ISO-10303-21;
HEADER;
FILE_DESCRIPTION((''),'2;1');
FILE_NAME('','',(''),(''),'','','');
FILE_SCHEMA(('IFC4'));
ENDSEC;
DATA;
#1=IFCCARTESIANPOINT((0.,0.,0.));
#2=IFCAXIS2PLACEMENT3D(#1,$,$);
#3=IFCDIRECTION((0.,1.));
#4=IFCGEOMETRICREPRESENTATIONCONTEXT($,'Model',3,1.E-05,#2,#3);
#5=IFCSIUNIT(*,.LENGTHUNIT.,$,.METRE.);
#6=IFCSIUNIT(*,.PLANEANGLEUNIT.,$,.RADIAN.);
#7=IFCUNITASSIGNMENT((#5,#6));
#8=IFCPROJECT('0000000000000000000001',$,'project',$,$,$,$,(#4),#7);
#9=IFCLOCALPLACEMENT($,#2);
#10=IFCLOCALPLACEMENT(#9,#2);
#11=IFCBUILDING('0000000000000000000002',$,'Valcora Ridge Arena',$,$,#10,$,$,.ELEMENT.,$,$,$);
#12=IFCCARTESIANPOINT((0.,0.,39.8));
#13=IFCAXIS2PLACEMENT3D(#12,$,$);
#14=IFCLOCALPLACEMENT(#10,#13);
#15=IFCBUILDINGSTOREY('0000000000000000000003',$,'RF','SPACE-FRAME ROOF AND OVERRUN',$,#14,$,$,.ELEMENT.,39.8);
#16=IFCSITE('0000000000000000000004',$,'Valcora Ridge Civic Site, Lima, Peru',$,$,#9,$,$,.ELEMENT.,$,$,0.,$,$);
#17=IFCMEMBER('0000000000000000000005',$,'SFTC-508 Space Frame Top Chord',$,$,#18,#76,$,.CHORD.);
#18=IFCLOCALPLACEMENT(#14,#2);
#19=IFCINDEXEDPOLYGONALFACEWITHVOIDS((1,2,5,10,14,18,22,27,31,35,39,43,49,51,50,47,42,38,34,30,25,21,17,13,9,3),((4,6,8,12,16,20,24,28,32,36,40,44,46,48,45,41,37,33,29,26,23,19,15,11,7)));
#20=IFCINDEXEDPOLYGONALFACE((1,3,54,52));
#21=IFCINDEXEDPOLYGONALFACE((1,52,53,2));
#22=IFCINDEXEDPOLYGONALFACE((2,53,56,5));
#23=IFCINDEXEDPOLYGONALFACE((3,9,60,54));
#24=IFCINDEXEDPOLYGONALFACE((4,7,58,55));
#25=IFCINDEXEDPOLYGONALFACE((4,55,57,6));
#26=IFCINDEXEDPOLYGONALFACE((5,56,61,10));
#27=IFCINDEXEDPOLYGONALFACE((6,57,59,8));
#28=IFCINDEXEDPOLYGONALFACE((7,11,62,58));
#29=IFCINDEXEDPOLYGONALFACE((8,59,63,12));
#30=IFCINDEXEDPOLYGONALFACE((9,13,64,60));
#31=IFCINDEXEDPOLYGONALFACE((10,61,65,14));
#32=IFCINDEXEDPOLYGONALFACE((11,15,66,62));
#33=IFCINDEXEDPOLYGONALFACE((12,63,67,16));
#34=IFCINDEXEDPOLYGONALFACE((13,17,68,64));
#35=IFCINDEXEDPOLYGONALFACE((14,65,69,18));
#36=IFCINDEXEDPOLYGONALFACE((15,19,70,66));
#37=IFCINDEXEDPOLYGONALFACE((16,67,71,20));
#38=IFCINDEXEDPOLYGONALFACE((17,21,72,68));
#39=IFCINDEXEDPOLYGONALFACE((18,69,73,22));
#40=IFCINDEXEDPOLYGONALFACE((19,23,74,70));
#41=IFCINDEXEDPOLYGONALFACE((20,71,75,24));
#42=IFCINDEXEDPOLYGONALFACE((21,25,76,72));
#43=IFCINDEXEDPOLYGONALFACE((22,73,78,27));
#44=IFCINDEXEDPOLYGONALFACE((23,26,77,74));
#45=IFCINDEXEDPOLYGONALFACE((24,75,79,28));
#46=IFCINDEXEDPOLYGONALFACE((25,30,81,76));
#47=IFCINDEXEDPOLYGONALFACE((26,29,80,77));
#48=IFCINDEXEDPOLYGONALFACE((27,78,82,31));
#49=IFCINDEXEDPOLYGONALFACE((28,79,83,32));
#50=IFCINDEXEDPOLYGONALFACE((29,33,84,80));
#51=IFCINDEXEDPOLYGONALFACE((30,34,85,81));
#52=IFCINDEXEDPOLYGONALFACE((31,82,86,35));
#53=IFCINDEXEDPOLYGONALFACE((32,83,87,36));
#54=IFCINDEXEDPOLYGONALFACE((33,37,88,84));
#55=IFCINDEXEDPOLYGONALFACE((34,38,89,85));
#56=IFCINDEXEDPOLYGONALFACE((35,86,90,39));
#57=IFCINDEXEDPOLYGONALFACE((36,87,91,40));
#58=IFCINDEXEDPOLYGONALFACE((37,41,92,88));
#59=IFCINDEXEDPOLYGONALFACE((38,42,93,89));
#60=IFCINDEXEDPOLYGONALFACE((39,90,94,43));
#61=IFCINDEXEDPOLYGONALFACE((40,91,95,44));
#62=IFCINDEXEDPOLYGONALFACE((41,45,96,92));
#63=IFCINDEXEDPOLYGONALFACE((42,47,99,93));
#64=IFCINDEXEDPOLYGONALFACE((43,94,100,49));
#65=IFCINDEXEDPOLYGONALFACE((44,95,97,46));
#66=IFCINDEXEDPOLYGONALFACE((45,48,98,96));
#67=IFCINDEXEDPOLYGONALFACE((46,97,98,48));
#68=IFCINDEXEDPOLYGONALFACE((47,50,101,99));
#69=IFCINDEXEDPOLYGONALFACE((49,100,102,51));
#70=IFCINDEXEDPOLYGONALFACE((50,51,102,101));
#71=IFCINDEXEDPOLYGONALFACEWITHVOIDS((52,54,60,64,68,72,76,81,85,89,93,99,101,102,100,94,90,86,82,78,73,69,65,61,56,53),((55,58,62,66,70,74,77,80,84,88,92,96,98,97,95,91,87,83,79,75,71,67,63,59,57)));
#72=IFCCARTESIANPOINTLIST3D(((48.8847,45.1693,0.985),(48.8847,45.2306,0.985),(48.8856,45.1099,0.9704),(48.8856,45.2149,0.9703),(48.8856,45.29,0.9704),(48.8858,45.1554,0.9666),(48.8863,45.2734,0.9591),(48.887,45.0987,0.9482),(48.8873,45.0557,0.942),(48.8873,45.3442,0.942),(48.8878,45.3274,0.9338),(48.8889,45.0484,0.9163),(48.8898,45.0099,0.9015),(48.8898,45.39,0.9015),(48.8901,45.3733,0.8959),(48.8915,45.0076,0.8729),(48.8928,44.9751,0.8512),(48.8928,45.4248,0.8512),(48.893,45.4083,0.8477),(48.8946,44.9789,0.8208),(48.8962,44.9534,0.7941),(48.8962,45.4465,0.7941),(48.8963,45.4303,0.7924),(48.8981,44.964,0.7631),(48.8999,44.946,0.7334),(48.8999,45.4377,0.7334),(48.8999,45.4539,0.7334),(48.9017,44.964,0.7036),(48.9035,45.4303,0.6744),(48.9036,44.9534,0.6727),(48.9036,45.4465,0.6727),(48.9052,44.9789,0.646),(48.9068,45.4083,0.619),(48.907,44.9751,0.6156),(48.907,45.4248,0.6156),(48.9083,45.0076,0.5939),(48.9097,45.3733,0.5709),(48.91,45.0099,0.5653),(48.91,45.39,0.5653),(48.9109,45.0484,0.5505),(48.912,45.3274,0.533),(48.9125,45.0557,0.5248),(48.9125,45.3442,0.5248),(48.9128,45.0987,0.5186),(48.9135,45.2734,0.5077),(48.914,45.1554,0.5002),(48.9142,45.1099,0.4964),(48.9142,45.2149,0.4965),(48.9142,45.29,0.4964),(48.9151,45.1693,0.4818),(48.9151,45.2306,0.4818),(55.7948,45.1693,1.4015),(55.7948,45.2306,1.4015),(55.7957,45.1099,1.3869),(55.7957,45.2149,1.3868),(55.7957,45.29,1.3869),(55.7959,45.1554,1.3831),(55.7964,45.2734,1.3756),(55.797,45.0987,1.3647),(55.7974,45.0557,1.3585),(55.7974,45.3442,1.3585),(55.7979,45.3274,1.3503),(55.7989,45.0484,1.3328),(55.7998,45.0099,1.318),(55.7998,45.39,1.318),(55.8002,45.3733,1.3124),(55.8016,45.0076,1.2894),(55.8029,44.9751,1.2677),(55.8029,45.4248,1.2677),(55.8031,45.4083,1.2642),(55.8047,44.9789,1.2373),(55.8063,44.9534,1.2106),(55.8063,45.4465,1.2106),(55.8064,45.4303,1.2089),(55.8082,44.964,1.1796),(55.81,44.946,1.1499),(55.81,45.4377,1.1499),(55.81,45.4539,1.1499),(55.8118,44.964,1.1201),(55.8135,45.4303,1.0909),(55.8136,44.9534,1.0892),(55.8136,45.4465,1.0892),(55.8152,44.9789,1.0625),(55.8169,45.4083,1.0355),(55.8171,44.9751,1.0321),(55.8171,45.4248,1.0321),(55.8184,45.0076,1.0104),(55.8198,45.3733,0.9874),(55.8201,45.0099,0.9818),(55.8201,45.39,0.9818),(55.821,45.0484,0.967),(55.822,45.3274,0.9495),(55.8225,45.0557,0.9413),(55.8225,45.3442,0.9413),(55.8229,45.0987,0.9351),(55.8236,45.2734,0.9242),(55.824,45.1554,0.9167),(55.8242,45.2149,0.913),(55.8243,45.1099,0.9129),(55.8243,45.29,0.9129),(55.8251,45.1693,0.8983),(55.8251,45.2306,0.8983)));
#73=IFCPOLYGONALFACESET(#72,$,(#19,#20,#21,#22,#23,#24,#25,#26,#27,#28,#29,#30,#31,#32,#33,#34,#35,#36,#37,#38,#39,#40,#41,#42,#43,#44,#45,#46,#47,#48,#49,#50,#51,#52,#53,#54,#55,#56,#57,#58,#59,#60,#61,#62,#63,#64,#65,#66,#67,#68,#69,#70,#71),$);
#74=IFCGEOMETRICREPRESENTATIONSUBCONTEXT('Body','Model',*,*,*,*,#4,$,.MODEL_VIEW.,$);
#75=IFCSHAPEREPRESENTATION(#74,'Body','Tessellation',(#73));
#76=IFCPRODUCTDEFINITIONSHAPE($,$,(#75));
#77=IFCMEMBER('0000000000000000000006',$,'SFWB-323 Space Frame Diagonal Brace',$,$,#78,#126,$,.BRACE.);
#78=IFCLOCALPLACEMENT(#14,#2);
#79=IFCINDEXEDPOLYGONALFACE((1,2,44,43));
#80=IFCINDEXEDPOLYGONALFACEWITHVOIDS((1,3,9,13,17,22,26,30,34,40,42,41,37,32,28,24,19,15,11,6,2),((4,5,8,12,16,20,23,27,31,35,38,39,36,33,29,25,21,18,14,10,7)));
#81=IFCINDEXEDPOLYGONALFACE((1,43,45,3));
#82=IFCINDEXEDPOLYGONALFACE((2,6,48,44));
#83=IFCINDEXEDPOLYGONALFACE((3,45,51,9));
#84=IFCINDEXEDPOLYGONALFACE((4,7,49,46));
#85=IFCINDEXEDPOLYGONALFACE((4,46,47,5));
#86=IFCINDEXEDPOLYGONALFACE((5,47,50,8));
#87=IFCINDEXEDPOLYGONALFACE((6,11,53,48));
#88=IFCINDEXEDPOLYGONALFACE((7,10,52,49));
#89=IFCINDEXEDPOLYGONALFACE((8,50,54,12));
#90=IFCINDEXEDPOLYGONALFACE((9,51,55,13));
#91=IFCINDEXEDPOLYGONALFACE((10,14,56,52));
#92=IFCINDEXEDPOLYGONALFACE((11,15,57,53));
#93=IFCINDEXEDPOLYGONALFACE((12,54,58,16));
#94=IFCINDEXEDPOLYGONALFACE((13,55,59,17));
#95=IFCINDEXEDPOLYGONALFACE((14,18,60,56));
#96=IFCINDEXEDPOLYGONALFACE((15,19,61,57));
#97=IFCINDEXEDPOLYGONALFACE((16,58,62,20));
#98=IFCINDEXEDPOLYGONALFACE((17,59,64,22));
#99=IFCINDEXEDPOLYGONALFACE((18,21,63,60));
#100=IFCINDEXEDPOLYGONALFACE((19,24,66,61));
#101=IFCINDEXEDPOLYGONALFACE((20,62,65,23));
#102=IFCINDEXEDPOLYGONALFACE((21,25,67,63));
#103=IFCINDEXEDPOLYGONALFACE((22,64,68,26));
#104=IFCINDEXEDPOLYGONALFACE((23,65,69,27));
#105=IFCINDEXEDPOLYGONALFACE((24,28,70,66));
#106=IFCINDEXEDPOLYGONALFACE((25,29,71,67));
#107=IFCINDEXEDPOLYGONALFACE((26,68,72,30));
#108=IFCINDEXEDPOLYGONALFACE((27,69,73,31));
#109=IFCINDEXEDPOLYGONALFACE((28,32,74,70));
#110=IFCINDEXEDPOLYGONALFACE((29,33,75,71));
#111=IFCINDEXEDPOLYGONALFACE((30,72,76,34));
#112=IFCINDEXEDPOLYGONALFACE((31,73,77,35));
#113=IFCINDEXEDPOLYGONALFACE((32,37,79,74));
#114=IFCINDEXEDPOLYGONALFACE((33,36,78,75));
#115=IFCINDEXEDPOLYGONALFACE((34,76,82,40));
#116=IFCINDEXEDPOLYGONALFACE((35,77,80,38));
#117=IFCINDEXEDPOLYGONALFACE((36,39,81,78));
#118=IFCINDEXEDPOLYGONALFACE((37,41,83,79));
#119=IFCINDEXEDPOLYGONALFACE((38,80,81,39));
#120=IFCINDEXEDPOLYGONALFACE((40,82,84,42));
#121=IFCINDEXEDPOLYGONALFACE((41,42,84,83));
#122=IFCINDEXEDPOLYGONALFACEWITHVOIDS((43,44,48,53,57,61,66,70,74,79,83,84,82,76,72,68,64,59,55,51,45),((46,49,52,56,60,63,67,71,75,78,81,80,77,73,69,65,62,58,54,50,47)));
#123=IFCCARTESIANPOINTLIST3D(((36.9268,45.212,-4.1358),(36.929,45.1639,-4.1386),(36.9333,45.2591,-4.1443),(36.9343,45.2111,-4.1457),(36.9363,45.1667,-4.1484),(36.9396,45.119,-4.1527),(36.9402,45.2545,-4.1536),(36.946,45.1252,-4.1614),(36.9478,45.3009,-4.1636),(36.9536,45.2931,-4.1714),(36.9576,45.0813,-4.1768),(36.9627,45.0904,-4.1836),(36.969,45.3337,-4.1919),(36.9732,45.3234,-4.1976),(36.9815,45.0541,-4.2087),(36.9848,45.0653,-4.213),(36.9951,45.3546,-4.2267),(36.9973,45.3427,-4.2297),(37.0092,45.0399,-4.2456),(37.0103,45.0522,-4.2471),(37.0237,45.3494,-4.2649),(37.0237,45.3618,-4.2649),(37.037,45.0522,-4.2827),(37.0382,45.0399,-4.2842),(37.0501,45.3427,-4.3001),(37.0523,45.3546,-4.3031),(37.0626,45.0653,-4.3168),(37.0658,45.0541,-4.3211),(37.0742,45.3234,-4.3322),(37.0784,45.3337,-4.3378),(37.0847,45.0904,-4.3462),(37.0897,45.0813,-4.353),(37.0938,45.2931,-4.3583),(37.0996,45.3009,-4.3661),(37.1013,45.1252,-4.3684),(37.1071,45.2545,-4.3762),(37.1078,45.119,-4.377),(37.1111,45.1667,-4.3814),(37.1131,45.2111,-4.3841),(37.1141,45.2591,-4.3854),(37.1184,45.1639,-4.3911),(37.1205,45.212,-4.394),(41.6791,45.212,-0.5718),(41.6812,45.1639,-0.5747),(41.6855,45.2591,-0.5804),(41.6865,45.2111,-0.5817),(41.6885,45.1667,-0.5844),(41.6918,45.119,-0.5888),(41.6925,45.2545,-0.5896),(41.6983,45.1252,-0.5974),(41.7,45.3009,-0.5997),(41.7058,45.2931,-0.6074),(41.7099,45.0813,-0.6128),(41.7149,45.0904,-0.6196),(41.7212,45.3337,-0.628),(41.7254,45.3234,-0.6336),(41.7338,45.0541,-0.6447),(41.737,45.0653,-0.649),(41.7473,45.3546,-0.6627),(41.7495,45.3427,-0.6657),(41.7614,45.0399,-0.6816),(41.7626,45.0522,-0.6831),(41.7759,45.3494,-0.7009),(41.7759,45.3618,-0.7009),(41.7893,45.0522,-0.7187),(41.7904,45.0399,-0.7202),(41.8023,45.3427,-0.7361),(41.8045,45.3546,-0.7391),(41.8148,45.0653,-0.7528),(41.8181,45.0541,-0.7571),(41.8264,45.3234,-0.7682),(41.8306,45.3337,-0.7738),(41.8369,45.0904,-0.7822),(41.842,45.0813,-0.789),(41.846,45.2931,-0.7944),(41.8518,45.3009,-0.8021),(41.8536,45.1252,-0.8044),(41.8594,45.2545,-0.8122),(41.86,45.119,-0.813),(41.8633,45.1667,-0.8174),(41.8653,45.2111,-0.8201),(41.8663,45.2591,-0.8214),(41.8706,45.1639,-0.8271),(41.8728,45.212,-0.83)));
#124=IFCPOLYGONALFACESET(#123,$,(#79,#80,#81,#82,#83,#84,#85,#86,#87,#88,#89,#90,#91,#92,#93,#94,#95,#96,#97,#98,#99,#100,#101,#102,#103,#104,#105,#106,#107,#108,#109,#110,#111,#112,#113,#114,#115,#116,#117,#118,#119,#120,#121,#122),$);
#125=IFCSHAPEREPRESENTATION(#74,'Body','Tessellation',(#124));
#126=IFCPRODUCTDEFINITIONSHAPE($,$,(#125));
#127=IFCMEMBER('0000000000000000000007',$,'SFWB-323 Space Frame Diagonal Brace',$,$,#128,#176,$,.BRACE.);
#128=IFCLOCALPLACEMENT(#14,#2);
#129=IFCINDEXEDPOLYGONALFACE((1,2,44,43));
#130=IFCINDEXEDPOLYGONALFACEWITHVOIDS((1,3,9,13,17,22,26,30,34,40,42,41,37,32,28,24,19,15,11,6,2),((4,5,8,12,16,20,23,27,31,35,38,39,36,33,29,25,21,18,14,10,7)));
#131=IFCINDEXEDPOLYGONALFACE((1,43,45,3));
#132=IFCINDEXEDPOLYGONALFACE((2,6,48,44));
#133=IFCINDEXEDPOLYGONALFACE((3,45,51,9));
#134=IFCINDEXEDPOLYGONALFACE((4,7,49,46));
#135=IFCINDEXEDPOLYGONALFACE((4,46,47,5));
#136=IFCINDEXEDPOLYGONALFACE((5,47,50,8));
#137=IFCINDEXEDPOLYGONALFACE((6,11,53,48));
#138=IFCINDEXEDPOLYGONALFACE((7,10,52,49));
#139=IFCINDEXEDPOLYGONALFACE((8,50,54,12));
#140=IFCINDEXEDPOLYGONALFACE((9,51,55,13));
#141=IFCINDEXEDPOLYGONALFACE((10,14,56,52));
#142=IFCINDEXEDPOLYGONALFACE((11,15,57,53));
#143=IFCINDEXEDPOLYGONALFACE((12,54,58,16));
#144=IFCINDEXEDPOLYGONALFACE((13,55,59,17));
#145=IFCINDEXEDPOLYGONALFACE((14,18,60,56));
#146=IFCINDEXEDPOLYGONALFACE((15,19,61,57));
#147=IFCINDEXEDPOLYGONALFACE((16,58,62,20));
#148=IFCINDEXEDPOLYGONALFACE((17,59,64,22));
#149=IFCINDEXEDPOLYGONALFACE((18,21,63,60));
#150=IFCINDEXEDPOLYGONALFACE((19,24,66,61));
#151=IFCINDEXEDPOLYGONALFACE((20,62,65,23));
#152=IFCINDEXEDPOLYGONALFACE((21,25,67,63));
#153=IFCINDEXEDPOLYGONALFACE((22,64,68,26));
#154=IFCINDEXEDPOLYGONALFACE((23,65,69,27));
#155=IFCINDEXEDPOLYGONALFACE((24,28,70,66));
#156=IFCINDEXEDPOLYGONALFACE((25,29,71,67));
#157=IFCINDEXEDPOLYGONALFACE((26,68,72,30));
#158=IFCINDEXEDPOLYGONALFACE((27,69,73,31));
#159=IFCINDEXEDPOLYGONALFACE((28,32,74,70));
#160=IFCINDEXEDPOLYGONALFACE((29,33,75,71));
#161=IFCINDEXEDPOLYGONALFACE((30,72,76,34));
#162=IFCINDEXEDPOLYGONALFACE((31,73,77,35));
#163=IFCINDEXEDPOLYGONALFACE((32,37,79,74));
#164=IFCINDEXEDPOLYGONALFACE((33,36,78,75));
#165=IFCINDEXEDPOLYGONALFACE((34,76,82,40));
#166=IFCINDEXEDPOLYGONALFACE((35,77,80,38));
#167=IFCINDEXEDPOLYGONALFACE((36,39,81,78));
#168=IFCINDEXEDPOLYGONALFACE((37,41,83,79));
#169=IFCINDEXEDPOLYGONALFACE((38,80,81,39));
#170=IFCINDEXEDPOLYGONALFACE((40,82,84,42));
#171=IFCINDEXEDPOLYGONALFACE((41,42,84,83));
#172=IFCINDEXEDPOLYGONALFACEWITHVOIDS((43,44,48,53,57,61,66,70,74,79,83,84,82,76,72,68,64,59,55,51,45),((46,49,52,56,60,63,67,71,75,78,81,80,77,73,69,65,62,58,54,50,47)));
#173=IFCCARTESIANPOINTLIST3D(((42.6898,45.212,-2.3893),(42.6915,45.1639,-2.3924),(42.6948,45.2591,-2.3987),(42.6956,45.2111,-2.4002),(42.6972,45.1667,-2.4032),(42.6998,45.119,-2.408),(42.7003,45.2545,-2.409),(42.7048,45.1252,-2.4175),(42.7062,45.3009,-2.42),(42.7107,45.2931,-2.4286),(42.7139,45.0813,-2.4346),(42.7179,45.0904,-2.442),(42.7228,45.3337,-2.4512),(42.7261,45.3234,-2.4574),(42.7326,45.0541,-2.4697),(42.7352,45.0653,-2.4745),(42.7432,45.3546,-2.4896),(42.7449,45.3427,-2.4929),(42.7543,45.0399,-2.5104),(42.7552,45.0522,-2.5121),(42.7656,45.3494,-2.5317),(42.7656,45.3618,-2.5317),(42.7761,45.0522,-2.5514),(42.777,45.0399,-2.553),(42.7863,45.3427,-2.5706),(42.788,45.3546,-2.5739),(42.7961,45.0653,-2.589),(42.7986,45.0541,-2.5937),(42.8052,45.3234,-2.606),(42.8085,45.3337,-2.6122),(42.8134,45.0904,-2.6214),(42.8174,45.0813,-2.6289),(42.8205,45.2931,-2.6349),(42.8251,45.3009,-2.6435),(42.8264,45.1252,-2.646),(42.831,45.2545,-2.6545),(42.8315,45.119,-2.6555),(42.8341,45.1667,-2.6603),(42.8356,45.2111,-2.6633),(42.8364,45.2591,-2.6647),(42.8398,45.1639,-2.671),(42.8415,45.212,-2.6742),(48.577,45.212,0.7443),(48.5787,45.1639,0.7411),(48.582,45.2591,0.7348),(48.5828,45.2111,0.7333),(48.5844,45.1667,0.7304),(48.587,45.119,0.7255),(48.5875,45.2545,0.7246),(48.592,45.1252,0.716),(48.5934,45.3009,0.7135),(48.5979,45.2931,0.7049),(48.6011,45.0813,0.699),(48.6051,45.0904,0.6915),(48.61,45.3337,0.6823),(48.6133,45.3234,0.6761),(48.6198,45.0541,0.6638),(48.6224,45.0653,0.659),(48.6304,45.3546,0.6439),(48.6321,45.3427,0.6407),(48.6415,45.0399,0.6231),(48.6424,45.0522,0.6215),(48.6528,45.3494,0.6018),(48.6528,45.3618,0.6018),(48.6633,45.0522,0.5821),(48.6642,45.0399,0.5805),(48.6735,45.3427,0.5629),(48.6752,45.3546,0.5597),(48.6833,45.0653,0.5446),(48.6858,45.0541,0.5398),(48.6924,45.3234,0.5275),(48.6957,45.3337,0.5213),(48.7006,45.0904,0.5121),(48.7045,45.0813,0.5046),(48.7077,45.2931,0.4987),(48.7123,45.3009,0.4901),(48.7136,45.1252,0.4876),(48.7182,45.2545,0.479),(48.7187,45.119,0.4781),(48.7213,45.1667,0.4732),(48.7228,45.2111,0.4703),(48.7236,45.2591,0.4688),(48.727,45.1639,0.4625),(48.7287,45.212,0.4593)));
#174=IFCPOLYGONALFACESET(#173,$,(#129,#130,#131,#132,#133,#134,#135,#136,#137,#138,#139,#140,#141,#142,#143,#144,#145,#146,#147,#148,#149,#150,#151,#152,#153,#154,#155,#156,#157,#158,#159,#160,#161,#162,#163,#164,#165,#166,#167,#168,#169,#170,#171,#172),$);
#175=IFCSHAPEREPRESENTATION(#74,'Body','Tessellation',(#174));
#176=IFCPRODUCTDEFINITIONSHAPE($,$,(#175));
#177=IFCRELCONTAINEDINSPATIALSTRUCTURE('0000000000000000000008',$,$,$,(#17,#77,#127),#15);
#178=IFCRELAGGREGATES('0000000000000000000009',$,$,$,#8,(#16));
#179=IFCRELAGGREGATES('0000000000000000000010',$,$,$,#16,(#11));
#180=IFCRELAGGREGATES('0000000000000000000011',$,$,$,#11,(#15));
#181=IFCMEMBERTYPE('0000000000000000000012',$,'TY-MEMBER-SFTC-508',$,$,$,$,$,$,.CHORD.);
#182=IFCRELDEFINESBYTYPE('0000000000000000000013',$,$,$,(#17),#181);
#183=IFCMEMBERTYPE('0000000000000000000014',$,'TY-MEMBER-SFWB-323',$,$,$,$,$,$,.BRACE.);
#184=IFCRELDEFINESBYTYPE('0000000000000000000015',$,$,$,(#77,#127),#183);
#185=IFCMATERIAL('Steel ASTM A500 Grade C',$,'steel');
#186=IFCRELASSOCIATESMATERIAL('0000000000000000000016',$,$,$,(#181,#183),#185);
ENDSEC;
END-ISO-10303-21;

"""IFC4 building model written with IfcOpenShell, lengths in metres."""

from ifc_helpers import new_model, si_unit, direction, frame, origin, origin_2d, place, context, subcontext, project, spatial, hollow_circle, extrude, material, material_profile, profile_set, type_object, element, save


model = new_model("IFC4")

# Units and contexts
model_context = context("Model", 3, precision=1e-05, world=origin(), true_north=direction((0.0, 1.0)))
body_context = subcontext(model_context, "Body", "Model", "MODEL_VIEW")
ifc_project = project(units=[si_unit("LENGTHUNIT", "METRE"), si_unit("PLANEANGLEUNIT", "RADIAN")], contexts=[model_context])

# Site, building, storey
site_placement = place(None, origin())
site = spatial("IfcSite", under=ifc_project, at=site_placement, Name="Valcora Ridge Civic Site, Lima, Peru", CompositionType="ELEMENT", RefElevation=0.0)
building_placement = place(site_placement, origin())
building = spatial("IfcBuilding", under=site, at=building_placement, Name="Valcora Ridge Arena", CompositionType="ELEMENT")
storey_placement = place(building_placement, frame((0.0, 0.0, 39.8)))
storey = spatial("IfcBuildingStorey", under=building, at=storey_placement, Name="RF", Description="SPACE-FRAME ROOF AND OVERRUN", CompositionType="ELEMENT", Elevation=39.8)

# Members
ifc_material_1 = material(Name="Steel ASTM A500 Grade C", Category="steel")
ifc_material_profile_1 = material_profile(ifc_material_1, hollow_circle(Radius=0.2539, WallThickness=0.0161, at=origin_2d()), Name="CHS508X16")
ifc_profile_set_1 = profile_set([ifc_material_profile_1], Name="Steel ASTM A500 Grade C")
member_type_1 = type_object("IfcMemberType", Name="TY-MEMBER-SFTC-508", PredefinedType="CHORD", material=ifc_profile_set_1)
member_1_placement = place(storey_placement, frame((48.8999, 45.2, 0.7334), z_axis=(0.998188, 0.0, 0.060165), x_axis=(0.0, 1.0, 0.0)))
element("IfcMember", 1, at=member_1_placement, inside=storey, type_object=member_type_1, Name="SFTC-508 Space Frame Top Chord", PredefinedType="CHORD", context=body_context, shape_type="SweptSolid", body=[
    extrude(hollow_circle(Radius=0.2539, WallThickness=0.0161, at=origin_2d()), origin(), (0.0, 0.0, 1.0), 6.9226),
])
ifc_material_profile_2 = material_profile(ifc_material_1, hollow_circle(Radius=0.1619, WallThickness=0.0125, at=origin_2d()), Name="CHS323X12")
ifc_profile_set_2 = profile_set([ifc_material_profile_2], Name="Steel ASTM A500 Grade C")
member_type_2 = type_object("IfcMemberType", Name="TY-MEMBER-SFWB-323", PredefinedType="BRACE", material=ifc_profile_set_2)
member_2_placement = place(storey_placement, frame((37.0237, 45.2, -4.2649), z_axis=(0.800015, 0.0, 0.59998), x_axis=(0.0, 1.0, 0.0)))
element("IfcMember", 2, at=member_2_placement, inside=storey, type_object=member_type_2, Name="SFWB-323 Space Frame Diagonal Brace", PredefinedType="BRACE", context=body_context, shape_type="SweptSolid", body=[
    extrude(hollow_circle(Radius=0.1619, WallThickness=0.0125, at=origin_2d()), origin(), (0.0, 0.0, 1.0), 5.9402),
])
member_3_placement = place(storey_placement, frame((42.7656, 45.2, -2.5317), z_axis=(0.882745, 0.0, 0.469853), x_axis=(0.0, 1.0, 0.0)))
element("IfcMember", 3, at=member_3_placement, inside=storey, type_object=member_type_2, Name="SFWB-323 Space Frame Diagonal Brace", PredefinedType="BRACE", context=body_context, shape_type="SweptSolid", body=[
    extrude(hollow_circle(Radius=0.1619, WallThickness=0.0125, at=origin_2d()), origin(), (0.0, 0.0, 1.0), 6.6692),
])

save(model, "model.ifc")
